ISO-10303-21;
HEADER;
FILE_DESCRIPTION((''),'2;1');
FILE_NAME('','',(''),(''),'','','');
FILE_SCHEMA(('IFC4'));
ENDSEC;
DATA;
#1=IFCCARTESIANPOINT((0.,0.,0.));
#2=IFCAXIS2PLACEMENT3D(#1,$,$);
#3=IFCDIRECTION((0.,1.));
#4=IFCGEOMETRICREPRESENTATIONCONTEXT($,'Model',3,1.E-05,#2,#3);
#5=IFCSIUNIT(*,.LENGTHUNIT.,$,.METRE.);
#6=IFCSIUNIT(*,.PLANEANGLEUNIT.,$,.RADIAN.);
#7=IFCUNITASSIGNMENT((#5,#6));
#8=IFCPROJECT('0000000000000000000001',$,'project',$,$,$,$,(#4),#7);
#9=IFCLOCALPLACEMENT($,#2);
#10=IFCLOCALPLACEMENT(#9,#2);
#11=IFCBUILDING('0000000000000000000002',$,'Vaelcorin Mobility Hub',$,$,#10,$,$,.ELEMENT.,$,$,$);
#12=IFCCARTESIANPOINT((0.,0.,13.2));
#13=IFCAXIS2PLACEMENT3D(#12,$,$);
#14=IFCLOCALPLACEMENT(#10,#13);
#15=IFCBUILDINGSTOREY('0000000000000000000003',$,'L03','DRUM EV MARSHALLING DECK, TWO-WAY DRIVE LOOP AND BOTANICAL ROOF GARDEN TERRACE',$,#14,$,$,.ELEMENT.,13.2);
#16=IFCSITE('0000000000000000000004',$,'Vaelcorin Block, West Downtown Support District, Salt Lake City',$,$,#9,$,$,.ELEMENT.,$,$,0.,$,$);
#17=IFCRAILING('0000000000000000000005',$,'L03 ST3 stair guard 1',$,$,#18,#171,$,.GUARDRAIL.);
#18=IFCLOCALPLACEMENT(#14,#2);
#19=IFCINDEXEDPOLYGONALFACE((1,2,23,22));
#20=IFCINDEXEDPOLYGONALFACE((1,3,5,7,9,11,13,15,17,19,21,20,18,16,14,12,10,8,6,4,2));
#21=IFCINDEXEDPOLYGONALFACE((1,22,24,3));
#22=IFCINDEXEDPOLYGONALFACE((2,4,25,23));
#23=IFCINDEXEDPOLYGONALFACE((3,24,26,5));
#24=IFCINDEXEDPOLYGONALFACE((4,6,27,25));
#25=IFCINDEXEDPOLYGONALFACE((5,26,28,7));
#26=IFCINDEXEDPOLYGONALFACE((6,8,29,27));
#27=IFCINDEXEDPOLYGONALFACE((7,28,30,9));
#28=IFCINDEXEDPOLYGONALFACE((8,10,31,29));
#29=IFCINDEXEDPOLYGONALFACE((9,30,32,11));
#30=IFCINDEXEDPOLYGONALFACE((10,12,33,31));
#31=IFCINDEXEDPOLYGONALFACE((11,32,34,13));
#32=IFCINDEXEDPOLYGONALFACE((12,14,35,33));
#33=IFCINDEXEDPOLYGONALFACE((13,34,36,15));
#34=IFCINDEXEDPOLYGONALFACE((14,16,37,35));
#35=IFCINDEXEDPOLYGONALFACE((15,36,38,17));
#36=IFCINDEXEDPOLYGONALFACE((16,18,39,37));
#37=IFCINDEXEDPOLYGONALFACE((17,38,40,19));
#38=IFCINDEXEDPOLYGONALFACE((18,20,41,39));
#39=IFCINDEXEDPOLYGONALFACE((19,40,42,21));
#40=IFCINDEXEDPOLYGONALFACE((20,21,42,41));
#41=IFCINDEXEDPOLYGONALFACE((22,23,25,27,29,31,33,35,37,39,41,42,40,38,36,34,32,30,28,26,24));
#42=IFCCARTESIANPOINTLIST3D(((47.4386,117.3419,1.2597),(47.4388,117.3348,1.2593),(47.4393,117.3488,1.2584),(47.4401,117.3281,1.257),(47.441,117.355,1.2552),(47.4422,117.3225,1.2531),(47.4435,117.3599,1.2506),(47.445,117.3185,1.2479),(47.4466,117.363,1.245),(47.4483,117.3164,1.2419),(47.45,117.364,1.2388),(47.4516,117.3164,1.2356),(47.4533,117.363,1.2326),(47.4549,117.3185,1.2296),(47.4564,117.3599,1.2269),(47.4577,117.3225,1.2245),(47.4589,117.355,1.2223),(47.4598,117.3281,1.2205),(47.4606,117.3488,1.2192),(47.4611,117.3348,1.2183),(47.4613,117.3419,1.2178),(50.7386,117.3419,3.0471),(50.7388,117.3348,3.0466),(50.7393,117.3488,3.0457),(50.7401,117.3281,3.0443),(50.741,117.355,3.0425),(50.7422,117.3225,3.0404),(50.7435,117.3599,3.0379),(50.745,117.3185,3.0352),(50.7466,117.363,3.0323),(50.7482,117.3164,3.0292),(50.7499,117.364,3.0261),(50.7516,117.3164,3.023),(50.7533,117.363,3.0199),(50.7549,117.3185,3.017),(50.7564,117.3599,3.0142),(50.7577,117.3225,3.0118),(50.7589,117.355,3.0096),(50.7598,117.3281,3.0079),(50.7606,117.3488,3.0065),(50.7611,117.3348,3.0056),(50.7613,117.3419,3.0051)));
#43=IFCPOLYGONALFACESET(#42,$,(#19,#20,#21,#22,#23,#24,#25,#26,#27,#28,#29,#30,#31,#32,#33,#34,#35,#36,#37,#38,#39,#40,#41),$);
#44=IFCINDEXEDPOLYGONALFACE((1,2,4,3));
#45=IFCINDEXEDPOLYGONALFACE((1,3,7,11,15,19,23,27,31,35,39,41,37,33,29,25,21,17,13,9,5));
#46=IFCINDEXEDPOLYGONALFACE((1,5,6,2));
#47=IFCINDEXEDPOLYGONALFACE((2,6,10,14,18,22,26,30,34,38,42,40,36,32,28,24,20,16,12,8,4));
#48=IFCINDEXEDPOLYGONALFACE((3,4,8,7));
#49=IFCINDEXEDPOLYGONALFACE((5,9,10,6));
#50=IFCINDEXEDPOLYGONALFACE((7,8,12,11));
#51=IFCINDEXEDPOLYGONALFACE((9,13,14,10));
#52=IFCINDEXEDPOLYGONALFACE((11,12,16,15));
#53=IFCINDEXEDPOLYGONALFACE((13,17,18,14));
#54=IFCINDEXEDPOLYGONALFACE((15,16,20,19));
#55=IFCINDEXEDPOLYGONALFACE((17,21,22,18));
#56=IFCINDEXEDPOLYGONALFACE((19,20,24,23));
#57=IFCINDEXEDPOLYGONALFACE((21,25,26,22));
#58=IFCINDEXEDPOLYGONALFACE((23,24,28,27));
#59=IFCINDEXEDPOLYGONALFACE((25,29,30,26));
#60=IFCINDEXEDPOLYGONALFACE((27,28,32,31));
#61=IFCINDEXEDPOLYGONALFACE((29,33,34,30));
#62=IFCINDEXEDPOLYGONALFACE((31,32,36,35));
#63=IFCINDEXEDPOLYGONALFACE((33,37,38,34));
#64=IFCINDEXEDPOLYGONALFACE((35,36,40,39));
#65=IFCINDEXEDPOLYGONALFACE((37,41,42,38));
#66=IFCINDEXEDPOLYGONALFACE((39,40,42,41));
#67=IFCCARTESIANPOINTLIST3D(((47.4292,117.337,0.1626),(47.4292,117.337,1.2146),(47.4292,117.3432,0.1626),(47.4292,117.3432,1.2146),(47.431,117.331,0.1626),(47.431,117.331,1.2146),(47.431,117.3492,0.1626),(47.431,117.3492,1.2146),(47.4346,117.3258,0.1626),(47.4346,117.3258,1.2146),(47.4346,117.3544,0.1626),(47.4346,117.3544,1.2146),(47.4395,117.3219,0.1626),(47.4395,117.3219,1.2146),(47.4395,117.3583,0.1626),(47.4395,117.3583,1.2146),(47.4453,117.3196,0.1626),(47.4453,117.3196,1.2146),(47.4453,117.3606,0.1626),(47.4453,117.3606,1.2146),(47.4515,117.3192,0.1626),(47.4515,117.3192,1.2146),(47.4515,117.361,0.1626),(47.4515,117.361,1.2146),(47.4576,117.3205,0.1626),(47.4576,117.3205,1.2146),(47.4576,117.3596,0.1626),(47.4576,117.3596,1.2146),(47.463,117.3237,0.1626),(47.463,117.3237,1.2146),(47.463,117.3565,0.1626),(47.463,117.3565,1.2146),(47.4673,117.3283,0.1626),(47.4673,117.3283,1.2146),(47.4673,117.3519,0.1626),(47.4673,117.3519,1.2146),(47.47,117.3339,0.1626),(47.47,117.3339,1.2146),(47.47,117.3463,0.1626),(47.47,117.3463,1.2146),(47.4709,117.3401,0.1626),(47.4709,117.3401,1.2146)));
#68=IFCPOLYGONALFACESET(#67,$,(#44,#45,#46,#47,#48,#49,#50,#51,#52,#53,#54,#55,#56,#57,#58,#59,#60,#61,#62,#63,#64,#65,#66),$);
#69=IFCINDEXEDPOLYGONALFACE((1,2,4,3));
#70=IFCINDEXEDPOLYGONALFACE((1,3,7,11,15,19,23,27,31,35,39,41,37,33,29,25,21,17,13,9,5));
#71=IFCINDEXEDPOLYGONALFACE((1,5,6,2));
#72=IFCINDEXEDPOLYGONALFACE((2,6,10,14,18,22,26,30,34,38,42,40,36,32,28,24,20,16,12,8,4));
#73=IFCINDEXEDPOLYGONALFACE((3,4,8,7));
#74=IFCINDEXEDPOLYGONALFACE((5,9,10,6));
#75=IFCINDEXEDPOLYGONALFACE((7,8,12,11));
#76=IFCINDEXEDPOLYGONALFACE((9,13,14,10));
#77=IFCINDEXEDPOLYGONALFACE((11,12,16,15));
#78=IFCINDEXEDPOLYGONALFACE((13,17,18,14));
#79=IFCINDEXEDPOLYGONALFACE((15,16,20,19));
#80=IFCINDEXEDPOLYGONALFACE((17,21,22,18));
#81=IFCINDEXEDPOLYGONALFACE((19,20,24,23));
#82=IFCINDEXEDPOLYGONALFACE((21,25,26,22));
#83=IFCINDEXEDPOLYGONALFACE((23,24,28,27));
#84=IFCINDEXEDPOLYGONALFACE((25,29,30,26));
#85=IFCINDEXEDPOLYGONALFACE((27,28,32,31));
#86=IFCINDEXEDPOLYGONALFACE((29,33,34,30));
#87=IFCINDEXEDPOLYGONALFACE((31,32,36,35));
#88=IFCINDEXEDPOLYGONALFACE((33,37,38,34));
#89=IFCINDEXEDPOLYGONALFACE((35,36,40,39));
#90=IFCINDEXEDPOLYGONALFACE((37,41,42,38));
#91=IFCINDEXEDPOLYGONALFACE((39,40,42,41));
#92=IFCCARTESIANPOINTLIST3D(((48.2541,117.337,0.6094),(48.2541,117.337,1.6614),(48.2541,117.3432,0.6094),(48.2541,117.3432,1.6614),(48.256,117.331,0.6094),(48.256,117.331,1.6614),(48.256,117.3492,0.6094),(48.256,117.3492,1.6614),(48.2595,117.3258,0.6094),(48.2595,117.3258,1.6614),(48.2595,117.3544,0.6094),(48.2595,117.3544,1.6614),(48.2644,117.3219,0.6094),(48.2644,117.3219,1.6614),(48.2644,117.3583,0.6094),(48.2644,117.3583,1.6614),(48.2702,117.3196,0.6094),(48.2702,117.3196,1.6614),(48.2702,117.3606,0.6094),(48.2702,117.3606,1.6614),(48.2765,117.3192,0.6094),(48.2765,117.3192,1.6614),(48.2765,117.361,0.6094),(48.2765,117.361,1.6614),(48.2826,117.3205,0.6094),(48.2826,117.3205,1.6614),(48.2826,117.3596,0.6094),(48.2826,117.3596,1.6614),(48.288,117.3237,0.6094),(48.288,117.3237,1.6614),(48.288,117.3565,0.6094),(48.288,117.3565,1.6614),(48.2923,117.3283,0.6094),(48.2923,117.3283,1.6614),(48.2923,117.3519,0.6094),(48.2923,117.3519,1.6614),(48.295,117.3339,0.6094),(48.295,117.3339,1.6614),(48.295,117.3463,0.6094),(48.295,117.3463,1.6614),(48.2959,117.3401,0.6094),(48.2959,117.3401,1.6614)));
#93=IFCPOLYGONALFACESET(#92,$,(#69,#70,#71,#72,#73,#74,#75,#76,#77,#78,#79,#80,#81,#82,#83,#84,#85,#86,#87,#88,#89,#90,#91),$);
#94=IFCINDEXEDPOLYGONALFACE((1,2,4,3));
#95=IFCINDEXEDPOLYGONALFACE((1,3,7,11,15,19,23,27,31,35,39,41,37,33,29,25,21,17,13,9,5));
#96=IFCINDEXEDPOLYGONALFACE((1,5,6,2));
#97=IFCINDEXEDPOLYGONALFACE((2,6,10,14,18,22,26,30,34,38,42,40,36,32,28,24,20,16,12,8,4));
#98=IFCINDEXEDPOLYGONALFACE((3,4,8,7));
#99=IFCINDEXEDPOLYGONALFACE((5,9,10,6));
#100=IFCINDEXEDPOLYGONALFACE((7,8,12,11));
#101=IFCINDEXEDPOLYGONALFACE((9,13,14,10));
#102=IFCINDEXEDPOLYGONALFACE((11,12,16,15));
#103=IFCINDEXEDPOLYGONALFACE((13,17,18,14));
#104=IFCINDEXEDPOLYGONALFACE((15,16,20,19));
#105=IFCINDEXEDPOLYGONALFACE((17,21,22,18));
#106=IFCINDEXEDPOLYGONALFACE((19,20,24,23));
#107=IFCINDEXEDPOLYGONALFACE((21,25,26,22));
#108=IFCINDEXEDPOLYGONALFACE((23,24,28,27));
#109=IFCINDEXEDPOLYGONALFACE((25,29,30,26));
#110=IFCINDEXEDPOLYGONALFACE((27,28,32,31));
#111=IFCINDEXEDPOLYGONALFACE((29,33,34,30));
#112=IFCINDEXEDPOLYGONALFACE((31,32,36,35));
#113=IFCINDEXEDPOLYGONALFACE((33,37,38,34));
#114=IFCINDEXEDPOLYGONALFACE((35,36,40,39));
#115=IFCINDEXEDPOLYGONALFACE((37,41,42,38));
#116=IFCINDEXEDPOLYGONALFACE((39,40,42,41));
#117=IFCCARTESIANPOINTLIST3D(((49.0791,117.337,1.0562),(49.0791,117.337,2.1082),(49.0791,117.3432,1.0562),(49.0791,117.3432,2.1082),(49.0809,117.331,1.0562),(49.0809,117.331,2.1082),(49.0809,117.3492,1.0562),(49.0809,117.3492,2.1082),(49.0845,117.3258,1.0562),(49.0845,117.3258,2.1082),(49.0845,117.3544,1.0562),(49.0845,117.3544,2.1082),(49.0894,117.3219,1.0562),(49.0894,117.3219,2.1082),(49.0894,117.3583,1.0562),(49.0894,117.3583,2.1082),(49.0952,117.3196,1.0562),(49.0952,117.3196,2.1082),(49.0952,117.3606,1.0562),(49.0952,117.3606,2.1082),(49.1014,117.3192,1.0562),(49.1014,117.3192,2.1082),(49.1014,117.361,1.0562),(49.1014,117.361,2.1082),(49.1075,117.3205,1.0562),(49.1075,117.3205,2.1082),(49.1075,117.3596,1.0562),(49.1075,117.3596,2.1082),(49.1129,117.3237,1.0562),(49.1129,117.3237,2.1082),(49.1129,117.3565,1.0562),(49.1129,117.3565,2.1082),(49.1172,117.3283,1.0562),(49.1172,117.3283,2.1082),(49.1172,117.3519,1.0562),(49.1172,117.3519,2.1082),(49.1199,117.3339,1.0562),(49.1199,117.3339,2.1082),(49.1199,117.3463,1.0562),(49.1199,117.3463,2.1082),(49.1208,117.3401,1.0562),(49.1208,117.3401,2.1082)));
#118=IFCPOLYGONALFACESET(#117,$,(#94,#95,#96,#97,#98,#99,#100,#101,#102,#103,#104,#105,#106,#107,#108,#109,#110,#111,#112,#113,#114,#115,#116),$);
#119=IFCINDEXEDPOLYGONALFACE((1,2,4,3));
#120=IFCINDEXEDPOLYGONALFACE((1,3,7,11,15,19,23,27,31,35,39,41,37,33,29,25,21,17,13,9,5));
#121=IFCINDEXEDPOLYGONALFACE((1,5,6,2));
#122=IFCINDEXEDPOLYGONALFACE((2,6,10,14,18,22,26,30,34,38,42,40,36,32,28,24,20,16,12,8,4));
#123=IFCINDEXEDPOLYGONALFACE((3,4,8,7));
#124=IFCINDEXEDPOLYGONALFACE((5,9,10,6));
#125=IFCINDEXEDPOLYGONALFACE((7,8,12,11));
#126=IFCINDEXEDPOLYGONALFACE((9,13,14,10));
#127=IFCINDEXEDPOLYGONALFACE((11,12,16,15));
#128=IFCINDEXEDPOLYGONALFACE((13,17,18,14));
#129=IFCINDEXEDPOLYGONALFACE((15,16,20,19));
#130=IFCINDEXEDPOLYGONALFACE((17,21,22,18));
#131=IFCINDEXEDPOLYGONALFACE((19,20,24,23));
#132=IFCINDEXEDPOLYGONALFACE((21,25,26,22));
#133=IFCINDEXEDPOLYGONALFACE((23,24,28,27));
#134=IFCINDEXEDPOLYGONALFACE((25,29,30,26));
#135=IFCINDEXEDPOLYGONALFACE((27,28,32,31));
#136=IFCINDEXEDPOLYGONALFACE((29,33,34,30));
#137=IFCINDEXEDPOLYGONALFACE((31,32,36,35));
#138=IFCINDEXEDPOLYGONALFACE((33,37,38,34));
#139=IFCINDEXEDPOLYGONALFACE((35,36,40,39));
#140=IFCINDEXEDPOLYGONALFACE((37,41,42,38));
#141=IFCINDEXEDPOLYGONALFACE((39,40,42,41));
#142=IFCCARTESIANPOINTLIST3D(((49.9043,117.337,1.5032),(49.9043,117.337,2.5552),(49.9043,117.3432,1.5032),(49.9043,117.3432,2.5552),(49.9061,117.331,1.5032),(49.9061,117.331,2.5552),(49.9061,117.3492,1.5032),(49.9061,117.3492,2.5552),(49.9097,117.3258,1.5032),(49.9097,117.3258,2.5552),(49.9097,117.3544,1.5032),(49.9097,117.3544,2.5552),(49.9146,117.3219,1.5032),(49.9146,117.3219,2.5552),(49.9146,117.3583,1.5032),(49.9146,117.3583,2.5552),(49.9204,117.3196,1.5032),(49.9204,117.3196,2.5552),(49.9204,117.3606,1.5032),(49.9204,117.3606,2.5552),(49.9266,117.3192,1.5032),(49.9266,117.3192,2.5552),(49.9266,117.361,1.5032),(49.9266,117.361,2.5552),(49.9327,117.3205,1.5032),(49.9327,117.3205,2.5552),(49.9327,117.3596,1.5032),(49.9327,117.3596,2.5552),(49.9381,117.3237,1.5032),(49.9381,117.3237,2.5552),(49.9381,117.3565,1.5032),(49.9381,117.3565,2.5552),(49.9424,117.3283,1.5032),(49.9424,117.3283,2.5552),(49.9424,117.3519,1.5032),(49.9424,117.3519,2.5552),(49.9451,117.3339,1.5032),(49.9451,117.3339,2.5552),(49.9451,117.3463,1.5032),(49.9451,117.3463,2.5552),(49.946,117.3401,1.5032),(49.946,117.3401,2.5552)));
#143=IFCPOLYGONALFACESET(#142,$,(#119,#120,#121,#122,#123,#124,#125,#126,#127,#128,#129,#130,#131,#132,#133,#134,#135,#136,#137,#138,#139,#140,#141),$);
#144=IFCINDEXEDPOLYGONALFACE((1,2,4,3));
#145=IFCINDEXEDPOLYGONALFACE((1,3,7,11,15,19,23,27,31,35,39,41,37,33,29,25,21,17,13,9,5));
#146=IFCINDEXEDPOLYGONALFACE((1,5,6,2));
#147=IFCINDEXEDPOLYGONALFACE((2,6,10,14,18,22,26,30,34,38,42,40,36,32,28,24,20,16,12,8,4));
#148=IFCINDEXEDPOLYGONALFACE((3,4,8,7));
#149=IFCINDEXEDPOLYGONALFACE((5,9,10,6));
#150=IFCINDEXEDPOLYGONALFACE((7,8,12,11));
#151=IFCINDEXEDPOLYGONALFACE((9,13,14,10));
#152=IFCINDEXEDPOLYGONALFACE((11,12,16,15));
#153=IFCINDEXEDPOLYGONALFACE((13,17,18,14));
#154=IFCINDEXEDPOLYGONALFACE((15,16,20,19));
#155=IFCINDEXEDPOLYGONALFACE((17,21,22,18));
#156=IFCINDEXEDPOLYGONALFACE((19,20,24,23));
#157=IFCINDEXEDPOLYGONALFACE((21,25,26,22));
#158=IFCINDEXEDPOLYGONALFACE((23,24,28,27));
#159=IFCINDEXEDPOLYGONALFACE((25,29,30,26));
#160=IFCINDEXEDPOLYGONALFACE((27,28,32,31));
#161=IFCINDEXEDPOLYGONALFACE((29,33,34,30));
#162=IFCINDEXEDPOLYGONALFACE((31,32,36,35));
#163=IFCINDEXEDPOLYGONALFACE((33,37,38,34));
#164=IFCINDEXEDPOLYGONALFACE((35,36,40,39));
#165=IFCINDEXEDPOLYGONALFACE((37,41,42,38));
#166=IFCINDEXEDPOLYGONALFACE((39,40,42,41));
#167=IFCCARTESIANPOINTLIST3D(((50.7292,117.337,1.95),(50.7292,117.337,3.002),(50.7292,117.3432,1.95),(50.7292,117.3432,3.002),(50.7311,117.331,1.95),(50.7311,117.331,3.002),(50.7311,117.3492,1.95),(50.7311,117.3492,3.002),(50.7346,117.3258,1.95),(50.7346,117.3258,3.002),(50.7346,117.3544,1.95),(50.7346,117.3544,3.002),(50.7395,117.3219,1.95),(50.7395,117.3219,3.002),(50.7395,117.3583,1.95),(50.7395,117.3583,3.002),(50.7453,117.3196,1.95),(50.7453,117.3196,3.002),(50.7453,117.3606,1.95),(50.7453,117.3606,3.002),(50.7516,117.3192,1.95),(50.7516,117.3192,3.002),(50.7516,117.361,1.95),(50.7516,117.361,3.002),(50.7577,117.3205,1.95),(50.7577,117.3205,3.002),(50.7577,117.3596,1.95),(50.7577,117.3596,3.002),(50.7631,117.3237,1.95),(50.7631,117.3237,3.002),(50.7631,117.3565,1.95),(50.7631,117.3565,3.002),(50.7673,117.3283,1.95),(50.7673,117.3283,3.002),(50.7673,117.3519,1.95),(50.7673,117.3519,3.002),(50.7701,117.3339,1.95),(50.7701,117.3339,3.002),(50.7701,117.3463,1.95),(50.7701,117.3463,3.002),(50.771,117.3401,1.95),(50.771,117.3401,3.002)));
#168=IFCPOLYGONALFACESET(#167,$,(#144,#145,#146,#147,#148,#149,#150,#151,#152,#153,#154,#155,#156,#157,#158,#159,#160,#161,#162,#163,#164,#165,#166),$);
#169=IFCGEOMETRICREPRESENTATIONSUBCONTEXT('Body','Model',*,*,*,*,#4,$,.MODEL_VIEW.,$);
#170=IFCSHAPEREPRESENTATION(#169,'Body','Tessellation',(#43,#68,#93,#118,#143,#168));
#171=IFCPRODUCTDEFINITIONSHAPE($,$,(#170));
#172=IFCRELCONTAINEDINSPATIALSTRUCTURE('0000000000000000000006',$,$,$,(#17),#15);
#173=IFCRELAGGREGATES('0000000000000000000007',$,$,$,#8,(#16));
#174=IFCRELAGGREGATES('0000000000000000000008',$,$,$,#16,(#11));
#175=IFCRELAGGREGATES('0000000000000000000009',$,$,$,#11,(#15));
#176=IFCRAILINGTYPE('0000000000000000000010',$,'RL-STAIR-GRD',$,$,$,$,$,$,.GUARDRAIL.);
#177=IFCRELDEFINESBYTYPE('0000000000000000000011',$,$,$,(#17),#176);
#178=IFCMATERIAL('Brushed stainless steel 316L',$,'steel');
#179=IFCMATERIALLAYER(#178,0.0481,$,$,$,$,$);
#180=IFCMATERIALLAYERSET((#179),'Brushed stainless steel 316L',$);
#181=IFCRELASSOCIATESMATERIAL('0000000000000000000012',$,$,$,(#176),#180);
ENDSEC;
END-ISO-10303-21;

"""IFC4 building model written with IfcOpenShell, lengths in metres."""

from ifc_helpers import new_model, si_unit, direction, frame, origin, origin_2d, place, context, subcontext, project, spatial, circle, extrude, material, layer, layer_set, type_object, element, save


model = new_model("IFC4")

# Units and contexts
model_context = context("Model", 3, precision=1e-05, world=origin(), true_north=direction((0.0, 1.0)))
body_context = subcontext(model_context, "Body", "Model", "MODEL_VIEW")
ifc_project = project(units=[si_unit("LENGTHUNIT", "METRE"), si_unit("PLANEANGLEUNIT", "RADIAN")], contexts=[model_context])

# Site, building, storey
site_placement = place(None, origin())
site = spatial("IfcSite", under=ifc_project, at=site_placement, Name="Vaelcorin Block, West Downtown Support District, Salt Lake City", CompositionType="ELEMENT", RefElevation=0.0)
building_placement = place(site_placement, origin())
building = spatial("IfcBuilding", under=site, at=building_placement, Name="Vaelcorin Mobility Hub", CompositionType="ELEMENT")
storey_placement = place(building_placement, frame((0.0, 0.0, 13.2)))
storey = spatial("IfcBuildingStorey", under=building, at=storey_placement, Name="L03", Description="DRUM EV MARSHALLING DECK, TWO-WAY DRIVE LOOP AND BOTANICAL ROOF GARDEN TERRACE", CompositionType="ELEMENT", Elevation=13.2)

# Railing
ifc_material_1 = material(Name="Brushed stainless steel 316L", Category="steel")
ifc_layer_1 = layer(ifc_material_1, 0.0481)
ifc_layer_set_1 = layer_set([ifc_layer_1], Name="Brushed stainless steel 316L")
railing_type_1 = type_object("IfcRailingType", Name="RL-STAIR-GRD", PredefinedType="GUARDRAIL", material=ifc_layer_set_1)
railing_1_placement = place(storey_placement, frame((47.45, 117.3401, 0.1626)))
element("IfcRailing", 1, at=railing_1_placement, inside=storey, type_object=railing_type_1, Name="L03 ST3 stair guard 1", PredefinedType="GUARDRAIL", context=body_context, shape_type="SweptSolid", body=[
    extrude(circle(Radius=0.0239, at=origin_2d()), frame((0.0, 0.0, 1.0762), z_axis=(0.879311, 0.0, 0.476248), x_axis=(0.0, 1.0, 0.0)), (0.0, 0.0, 1.0), 3.7529),
    extrude(circle(Radius=0.021, at=origin_2d()), origin(), (0.0, 0.0, 1.0), 1.052),
    extrude(circle(Radius=0.021, at=origin_2d()), frame((0.825, 0.0, 0.4468)), (0.0, 0.0, 1.0), 1.052),
    extrude(circle(Radius=0.021, at=origin_2d()), frame((1.6499, 0.0, 0.8936)), (0.0, 0.0, 1.0), 1.052),
    extrude(circle(Radius=0.021, at=origin_2d()), frame((2.4751, 0.0, 1.3406)), (0.0, 0.0, 1.0), 1.052),
    extrude(circle(Radius=0.021, at=origin_2d()), frame((3.3, 0.0, 1.7874)), (0.0, 0.0, 1.0), 1.052),
])

save(model, "model.ifc")
